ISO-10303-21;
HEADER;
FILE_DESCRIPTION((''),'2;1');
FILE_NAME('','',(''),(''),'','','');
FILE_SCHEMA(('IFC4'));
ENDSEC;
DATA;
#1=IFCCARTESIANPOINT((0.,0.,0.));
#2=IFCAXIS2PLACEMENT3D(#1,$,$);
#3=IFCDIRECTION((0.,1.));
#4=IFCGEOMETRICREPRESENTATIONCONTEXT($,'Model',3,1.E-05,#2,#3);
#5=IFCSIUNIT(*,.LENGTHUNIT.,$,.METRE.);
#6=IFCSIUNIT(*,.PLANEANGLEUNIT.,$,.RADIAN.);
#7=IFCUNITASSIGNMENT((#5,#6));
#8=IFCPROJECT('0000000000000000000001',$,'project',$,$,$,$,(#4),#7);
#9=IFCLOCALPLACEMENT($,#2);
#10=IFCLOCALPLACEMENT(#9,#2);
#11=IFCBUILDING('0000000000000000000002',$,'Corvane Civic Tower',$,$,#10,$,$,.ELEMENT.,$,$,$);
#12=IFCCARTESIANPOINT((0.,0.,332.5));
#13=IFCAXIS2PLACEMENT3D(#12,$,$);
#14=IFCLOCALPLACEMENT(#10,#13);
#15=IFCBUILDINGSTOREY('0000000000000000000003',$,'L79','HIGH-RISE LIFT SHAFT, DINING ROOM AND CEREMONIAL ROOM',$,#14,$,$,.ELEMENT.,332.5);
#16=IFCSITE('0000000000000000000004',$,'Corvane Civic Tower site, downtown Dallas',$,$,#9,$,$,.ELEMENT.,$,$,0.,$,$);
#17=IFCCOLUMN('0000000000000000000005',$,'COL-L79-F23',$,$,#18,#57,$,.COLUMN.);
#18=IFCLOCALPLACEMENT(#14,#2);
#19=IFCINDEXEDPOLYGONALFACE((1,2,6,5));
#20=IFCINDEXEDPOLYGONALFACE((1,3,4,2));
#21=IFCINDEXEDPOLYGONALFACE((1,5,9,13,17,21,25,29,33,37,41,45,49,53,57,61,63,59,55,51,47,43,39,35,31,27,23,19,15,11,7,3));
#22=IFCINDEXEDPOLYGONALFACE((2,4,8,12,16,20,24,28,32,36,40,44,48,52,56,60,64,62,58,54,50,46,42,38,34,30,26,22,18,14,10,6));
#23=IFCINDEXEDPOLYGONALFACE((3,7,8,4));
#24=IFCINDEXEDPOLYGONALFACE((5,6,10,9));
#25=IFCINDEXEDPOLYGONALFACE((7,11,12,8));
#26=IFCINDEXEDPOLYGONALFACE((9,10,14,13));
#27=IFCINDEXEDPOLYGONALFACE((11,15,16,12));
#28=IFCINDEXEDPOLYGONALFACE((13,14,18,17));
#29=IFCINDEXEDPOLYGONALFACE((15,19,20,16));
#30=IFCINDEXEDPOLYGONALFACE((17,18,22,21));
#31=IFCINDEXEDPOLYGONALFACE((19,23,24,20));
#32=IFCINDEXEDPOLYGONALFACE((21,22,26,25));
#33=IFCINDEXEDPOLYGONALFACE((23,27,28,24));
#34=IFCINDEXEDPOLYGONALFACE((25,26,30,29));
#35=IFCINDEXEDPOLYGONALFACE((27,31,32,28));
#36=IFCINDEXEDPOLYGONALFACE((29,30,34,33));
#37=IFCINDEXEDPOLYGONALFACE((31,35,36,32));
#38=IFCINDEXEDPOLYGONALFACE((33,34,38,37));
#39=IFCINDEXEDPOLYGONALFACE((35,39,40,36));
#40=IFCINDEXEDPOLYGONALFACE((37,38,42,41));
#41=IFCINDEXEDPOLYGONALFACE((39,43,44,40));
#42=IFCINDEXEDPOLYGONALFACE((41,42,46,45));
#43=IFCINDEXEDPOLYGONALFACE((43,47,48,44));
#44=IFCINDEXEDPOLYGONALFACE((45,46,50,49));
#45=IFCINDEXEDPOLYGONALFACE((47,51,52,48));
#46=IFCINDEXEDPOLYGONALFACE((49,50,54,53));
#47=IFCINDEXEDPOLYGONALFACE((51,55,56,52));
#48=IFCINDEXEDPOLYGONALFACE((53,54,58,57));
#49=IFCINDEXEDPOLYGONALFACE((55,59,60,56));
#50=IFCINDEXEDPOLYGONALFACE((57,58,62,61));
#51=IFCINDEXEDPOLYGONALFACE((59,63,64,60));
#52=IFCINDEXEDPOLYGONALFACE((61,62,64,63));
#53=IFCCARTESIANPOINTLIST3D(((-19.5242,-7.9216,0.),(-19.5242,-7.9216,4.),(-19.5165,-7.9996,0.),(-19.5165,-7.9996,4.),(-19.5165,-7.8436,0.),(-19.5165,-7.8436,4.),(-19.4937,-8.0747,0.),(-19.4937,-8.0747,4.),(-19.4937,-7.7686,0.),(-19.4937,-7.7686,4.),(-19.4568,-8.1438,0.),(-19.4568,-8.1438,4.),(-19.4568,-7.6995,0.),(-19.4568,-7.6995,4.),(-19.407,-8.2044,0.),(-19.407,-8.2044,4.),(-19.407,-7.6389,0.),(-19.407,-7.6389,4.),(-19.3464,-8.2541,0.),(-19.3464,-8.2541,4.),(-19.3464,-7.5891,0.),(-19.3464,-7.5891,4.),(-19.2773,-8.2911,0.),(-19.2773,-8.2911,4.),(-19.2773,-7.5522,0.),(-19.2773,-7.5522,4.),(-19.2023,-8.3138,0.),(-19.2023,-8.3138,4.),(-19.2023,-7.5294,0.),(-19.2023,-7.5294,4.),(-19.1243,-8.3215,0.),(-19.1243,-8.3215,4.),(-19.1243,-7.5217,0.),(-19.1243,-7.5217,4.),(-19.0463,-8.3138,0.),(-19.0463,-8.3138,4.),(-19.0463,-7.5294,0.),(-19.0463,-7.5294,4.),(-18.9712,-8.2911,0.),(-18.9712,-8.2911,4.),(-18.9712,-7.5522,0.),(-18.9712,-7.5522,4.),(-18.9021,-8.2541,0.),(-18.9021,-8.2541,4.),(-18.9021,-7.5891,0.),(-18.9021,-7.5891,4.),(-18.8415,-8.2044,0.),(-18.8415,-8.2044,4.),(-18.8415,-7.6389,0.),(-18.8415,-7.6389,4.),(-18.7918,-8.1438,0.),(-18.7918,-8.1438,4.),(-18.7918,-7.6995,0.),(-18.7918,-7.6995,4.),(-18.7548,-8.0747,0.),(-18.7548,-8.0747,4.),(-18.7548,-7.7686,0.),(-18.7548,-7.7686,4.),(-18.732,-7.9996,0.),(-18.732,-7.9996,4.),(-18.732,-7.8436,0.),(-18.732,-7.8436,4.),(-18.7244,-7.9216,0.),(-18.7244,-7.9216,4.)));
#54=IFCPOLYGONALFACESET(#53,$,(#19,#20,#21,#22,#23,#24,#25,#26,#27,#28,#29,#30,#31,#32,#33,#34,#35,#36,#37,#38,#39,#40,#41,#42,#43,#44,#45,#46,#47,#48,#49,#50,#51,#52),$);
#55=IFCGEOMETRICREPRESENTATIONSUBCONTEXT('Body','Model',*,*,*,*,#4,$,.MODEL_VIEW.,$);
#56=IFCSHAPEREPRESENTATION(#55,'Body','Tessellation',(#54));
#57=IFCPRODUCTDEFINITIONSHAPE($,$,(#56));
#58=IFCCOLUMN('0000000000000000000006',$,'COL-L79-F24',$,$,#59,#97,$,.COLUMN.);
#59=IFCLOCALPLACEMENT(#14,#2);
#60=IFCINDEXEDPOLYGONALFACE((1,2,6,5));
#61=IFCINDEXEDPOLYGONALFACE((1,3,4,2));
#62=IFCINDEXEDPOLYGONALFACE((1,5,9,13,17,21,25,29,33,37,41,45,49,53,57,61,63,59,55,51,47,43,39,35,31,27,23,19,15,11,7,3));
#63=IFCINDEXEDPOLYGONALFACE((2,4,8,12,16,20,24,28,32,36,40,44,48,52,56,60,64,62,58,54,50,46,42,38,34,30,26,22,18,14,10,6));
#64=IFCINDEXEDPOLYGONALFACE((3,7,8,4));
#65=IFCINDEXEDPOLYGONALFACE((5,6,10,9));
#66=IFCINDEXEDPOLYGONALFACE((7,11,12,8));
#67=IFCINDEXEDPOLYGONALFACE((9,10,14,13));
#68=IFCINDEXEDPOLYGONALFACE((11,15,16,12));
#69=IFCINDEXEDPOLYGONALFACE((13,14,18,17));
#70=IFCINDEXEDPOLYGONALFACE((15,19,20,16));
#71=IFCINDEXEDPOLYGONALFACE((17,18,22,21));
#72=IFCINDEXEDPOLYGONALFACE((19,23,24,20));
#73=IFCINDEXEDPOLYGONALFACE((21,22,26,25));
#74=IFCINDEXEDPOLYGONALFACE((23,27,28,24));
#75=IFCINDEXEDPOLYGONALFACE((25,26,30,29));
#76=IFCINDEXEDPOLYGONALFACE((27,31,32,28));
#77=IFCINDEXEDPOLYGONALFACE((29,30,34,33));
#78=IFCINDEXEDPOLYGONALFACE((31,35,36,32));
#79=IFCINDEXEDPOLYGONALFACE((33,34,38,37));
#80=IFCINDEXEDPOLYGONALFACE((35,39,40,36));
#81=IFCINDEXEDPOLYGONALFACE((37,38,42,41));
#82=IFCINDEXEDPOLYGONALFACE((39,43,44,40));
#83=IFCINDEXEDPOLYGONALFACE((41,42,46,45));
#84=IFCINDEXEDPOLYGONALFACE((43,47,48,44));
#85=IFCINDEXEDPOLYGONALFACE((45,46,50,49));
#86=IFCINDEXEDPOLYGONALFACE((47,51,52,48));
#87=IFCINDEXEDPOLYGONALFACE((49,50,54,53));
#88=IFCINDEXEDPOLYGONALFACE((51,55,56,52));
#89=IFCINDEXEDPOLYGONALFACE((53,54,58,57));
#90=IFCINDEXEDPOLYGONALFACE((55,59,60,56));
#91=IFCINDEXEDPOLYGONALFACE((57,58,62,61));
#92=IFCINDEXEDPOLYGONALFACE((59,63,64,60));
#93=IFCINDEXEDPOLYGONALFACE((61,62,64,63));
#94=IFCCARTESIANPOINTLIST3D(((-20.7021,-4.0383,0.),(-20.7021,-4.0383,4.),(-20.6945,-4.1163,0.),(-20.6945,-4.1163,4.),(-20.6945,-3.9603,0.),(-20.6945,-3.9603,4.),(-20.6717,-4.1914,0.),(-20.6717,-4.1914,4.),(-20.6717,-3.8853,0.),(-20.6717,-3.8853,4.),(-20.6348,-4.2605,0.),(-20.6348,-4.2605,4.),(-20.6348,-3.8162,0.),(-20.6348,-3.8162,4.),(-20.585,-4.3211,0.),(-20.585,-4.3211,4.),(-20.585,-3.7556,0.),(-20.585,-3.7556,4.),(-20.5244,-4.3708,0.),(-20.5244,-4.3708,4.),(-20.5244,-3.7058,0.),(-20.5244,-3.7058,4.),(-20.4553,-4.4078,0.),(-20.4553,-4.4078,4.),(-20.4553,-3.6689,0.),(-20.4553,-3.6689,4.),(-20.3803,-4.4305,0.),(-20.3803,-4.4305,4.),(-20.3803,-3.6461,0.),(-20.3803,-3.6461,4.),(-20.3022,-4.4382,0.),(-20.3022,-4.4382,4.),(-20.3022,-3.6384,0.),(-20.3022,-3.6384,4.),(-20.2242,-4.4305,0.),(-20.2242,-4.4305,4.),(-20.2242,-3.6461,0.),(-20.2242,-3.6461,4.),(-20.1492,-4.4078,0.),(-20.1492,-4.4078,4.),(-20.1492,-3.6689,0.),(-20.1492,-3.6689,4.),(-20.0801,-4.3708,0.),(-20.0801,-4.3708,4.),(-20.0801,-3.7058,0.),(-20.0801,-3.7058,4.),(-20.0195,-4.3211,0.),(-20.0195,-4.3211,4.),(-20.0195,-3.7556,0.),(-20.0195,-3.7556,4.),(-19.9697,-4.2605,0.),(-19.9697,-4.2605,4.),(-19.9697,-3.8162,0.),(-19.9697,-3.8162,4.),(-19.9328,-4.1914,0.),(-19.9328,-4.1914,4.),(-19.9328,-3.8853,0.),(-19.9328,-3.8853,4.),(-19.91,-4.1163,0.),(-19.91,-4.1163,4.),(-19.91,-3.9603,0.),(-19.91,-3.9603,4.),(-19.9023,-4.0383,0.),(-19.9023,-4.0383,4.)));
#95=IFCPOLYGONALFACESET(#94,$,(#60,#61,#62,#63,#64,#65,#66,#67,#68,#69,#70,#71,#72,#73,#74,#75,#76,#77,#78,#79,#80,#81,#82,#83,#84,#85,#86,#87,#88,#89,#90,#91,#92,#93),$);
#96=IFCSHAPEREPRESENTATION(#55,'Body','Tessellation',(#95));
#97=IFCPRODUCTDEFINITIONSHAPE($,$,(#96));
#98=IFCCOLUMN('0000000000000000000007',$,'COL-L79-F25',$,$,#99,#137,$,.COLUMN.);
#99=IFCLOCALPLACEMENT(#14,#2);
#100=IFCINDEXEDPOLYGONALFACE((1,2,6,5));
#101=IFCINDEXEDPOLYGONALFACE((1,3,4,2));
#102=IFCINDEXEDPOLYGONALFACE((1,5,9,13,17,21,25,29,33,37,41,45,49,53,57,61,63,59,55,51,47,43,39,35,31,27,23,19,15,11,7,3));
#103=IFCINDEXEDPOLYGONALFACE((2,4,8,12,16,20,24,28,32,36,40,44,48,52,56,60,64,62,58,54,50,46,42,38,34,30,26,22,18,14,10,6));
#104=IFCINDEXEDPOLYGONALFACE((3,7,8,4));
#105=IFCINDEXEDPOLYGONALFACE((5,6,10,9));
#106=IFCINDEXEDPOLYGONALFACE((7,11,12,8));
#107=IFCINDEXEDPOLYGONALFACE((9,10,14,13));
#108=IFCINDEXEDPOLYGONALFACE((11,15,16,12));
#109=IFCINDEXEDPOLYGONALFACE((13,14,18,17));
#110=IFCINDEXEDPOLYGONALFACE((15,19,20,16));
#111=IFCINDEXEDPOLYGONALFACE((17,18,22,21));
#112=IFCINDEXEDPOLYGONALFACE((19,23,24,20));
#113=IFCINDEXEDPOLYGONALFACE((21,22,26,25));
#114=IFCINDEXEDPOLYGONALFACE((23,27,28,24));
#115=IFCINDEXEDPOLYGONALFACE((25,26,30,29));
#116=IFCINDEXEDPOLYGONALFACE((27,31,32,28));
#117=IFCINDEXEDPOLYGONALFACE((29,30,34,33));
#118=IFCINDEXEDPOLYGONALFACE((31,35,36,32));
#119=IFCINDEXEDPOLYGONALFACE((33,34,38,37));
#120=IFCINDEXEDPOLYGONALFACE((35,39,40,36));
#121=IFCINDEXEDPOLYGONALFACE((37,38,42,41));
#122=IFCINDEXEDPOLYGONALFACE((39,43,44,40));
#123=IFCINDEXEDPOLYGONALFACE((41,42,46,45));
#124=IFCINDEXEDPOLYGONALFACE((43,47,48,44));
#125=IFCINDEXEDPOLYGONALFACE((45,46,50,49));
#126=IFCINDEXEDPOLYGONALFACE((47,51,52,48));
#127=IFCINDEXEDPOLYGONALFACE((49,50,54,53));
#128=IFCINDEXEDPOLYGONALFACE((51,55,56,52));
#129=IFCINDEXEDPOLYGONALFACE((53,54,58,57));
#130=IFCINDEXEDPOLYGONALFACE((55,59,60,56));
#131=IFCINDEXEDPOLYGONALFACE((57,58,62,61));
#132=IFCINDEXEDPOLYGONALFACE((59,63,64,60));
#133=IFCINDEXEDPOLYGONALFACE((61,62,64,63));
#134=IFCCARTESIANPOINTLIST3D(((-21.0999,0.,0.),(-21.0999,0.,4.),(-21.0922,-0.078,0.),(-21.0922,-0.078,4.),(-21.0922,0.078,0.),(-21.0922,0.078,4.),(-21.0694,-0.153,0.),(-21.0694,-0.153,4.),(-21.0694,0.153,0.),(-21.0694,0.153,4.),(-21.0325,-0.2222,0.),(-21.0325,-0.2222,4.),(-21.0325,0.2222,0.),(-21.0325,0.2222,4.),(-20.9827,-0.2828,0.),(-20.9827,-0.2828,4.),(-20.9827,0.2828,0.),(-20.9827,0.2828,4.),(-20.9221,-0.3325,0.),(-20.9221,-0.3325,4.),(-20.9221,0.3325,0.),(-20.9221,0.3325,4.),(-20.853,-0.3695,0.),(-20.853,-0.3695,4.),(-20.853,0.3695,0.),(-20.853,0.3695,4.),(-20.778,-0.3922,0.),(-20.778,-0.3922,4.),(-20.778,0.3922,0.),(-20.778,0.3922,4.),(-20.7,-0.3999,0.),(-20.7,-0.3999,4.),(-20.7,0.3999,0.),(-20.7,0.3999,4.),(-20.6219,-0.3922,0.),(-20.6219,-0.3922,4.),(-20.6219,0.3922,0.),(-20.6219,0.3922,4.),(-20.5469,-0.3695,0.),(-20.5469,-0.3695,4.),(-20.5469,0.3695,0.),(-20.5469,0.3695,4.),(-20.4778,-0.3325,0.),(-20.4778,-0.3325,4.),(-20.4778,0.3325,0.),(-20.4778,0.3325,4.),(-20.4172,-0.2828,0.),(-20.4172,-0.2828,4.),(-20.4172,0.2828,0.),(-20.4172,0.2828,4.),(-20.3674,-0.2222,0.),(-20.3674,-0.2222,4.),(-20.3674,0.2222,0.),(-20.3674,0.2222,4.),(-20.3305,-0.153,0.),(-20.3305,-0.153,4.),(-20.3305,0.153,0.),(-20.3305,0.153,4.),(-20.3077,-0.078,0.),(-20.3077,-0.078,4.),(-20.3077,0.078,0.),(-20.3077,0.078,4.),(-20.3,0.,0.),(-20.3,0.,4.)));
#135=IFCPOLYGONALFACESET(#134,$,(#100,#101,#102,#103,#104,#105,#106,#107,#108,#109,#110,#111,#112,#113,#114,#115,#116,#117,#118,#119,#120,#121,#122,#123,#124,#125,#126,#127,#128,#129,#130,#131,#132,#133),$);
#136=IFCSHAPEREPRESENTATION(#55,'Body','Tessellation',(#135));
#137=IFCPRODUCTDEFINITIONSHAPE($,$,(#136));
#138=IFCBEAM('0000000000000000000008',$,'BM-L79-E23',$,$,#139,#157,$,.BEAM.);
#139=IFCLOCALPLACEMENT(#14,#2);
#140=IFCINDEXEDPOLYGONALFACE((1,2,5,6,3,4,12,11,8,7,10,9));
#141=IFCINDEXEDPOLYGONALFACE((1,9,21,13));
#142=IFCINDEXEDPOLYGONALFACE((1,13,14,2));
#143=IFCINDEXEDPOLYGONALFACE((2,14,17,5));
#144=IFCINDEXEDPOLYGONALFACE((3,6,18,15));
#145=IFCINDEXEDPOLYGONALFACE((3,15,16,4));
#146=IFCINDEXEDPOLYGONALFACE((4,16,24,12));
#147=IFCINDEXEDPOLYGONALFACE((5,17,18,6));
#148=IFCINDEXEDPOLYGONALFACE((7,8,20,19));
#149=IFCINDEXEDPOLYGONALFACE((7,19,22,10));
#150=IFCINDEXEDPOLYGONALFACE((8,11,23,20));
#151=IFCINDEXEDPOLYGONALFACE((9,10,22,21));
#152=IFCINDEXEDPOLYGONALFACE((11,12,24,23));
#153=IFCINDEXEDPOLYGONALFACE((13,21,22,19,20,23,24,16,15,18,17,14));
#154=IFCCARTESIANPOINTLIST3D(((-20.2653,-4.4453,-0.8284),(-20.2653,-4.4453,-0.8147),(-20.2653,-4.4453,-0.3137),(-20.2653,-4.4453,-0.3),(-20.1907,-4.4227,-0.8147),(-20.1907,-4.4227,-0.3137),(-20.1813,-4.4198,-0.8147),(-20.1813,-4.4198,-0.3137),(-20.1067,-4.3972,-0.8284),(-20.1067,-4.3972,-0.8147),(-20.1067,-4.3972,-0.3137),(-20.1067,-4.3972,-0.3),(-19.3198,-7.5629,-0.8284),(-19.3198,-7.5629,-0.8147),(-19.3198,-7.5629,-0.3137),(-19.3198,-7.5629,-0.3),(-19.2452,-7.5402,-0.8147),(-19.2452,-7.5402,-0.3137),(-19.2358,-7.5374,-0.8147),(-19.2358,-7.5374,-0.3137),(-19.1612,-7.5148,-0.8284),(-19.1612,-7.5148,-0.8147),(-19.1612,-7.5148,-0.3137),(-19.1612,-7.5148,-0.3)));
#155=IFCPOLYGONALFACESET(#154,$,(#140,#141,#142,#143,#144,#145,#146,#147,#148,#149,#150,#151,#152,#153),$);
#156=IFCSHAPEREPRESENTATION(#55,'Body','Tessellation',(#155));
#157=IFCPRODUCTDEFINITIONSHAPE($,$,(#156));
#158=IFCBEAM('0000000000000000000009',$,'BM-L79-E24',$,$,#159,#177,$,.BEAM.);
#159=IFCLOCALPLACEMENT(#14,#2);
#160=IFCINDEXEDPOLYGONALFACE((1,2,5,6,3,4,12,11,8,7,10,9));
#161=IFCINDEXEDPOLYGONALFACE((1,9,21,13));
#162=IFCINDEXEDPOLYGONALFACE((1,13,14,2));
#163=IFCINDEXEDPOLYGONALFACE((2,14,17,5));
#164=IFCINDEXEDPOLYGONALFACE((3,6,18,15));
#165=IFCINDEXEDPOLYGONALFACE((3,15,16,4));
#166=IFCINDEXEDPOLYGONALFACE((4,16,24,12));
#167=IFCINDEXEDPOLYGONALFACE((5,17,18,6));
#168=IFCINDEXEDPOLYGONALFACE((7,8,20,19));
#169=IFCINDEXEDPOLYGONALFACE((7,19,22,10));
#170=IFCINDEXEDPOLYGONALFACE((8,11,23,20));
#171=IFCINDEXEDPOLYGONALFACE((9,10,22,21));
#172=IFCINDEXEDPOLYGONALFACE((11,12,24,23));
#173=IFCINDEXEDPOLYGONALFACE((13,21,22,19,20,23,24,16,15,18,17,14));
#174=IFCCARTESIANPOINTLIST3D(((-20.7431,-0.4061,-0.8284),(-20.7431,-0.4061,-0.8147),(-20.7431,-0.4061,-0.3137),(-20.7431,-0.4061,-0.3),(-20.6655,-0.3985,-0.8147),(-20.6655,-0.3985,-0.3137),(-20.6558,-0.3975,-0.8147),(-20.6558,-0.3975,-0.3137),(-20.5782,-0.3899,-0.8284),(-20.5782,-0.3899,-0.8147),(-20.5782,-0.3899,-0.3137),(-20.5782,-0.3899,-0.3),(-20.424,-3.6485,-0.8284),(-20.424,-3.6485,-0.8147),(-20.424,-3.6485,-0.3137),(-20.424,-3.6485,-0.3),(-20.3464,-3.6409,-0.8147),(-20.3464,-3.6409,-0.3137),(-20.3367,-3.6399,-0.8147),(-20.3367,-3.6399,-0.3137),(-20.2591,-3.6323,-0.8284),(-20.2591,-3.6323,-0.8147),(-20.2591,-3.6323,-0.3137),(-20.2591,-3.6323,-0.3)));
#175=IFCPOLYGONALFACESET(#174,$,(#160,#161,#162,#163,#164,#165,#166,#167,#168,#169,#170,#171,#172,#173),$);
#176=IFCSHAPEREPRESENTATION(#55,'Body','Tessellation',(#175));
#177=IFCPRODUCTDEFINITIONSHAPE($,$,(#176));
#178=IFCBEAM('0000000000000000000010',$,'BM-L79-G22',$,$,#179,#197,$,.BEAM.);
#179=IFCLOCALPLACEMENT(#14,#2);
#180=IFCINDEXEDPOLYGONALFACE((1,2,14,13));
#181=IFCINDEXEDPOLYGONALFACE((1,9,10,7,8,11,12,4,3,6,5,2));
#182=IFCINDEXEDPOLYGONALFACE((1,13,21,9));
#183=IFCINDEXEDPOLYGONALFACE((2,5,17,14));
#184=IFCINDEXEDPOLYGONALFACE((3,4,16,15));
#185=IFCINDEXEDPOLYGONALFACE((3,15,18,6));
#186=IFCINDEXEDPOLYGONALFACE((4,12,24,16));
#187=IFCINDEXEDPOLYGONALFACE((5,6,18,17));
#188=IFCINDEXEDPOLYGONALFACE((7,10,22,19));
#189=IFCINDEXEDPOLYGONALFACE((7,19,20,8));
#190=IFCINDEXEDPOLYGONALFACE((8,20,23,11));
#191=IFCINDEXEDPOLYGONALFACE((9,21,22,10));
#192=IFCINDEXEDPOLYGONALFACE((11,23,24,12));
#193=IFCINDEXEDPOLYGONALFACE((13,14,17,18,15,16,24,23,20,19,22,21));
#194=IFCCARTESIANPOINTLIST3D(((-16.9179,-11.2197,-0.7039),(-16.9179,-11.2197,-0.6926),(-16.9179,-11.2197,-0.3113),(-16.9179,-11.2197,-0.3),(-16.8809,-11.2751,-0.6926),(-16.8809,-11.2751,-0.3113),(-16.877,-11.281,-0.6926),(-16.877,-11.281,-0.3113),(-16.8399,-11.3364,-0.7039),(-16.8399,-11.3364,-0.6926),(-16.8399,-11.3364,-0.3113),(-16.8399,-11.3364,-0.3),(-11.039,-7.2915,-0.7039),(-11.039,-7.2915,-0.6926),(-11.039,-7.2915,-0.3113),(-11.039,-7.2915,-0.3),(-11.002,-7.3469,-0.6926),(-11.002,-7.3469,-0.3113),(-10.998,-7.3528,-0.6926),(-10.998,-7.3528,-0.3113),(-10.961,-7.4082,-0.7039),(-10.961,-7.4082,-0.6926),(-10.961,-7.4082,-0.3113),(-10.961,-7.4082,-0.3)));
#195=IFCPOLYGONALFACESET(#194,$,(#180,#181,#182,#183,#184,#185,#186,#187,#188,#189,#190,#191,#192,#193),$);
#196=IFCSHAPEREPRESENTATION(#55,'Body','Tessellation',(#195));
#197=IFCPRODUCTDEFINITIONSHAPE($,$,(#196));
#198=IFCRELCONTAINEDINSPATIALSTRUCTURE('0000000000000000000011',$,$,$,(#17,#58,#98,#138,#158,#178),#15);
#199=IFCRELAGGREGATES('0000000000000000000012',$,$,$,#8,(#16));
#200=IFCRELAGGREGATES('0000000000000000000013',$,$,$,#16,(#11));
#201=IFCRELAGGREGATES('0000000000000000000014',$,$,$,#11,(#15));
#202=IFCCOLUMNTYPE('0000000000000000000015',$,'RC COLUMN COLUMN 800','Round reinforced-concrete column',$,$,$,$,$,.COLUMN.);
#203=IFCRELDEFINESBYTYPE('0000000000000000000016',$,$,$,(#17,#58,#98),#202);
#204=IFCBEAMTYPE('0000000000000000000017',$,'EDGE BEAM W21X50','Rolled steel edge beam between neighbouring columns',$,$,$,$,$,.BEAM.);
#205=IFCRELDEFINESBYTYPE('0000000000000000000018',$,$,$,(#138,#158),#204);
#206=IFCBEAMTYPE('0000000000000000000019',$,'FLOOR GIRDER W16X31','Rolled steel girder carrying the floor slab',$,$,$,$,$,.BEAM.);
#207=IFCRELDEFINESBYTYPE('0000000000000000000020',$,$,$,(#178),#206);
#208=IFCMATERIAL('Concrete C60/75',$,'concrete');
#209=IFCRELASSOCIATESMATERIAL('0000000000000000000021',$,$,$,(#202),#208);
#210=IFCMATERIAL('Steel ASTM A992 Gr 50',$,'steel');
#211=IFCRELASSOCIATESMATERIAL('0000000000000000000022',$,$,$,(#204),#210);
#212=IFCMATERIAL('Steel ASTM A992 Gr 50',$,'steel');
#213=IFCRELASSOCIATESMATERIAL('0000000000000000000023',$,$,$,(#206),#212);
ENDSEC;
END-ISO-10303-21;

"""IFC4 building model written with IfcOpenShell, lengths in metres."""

from ifc_helpers import new_model, si_unit, direction, frame, origin, origin_2d, place, context, subcontext, project, spatial, circle, i_section, extrude, material, material_profile, profile_set, type_object, element, save


model = new_model("IFC4")

# Units and contexts
model_context = context("Model", 3, precision=1e-05, world=origin(), true_north=direction((0.0, 1.0)))
body_context = subcontext(model_context, "Body", "Model", "MODEL_VIEW")
ifc_project = project(units=[si_unit("LENGTHUNIT", "METRE"), si_unit("PLANEANGLEUNIT", "RADIAN")], contexts=[model_context])

# Site, building, storey
site_placement = place(None, origin())
site = spatial("IfcSite", under=ifc_project, at=site_placement, Name="Corvane Civic Tower site, downtown Dallas", CompositionType="ELEMENT", RefElevation=0.0)
building_placement = place(site_placement, origin())
building = spatial("IfcBuilding", under=site, at=building_placement, Name="Corvane Civic Tower", CompositionType="ELEMENT")
storey_placement = place(building_placement, frame((0.0, 0.0, 332.5)))
storey = spatial("IfcBuildingStorey", under=building, at=storey_placement, Name="L79", Description="HIGH-RISE LIFT SHAFT, DINING ROOM AND CEREMONIAL ROOM", CompositionType="ELEMENT", Elevation=332.5)

# Columns
ifc_material_1 = material(Name="Concrete C60/75", Category="concrete")
ifc_material_profile_1 = material_profile(ifc_material_1, circle(Radius=0.3999, at=origin_2d()), Name="COLUMN 800")
ifc_profile_set_1 = profile_set([ifc_material_profile_1], Name="Concrete C60/75")
column_type = type_object("IfcColumnType", Name="RC COLUMN COLUMN 800", Description="Round reinforced-concrete column", PredefinedType="COLUMN", material=ifc_profile_set_1)
for number, where, z_axis, x_axis, name in (
    (1, (-19.1243, -7.9216, 0.0), (0.0, 0.0, 1.0), (1.0, 0.0, 0.0), "COL-L79-F23"),
    (2, (-20.3022, -4.0383, 0.0), (0.0, 0.0, 1.0), (1.0, 0.0, 0.0), "COL-L79-F24"),
    (3, (-20.7, 0.0, 0.0), (0.0, 0.0, 1.0), (1.0, 0.0, 0.0), "COL-L79-F25"),
):
    element("IfcColumn", number, at=place(storey_placement, frame(where, z_axis=z_axis, x_axis=x_axis)), inside=storey, type_object=column_type, Name=name, PredefinedType="COLUMN", context=body_context, shape_type="SweptSolid", body=[
        extrude(circle(Radius=0.3999, at=origin_2d()), origin(), (0.0, 0.0, 1.0), 4.0),
    ])

# Beams
ifc_material_2 = material(Name="Steel ASTM A992 Gr 50", Category="steel")
ifc_material_profile_2 = material_profile(ifc_material_2, i_section(OverallWidth=0.1658, OverallDepth=0.5283, WebThickness=0.0098, FlangeThickness=0.0137, at=origin_2d()), Name="W21X50")
ifc_profile_set_2 = profile_set([ifc_material_profile_2], Name="Steel ASTM A992 Gr 50")
beam_type_1 = type_object("IfcBeamType", Name="EDGE BEAM W21X50", Description="Rolled steel edge beam between neighbouring columns", PredefinedType="BEAM", material=ifc_profile_set_2)
beam_1_placement = place(storey_placement, frame((-19.2405, -7.5388, -0.5642), z_axis=(-0.290234, 0.956956, 0.0), x_axis=(-0.956956, -0.290234, 0.0)))
element("IfcBeam", 4, at=beam_1_placement, inside=storey, type_object=beam_type_1, Name="BM-L79-E23", PredefinedType="BEAM", context=body_context, shape_type="SweptSolid", body=[
    extrude(i_section(OverallWidth=0.1658, OverallDepth=0.5283, WebThickness=0.0098, FlangeThickness=0.0137, at=origin_2d()), origin(), (0.0, 0.0, 1.0), 3.2578),
])
beam_2_placement = place(storey_placement, frame((-20.3416, -3.6404, -0.5642), z_axis=(-0.097938, 0.995193, 0.0), x_axis=(-0.995193, -0.097938, 0.0)))
element("IfcBeam", 5, at=beam_2_placement, inside=storey, type_object=beam_type_1, Name="BM-L79-E24", PredefinedType="BEAM", context=body_context, shape_type="SweptSolid", body=[
    extrude(i_section(OverallWidth=0.1658, OverallDepth=0.5283, WebThickness=0.0098, FlangeThickness=0.0137, at=origin_2d()), origin(), (0.0, 0.0, 1.0), 3.2581),
])
ifc_material_3 = material(Name="Steel ASTM A992 Gr 50", Category="steel")
ifc_material_profile_3 = material_profile(ifc_material_3, i_section(OverallWidth=0.1404, OverallDepth=0.4038, WebThickness=0.0071, FlangeThickness=0.0112, at=origin_2d()), Name="W16X31")
ifc_profile_set_3 = profile_set([ifc_material_profile_3], Name="Steel ASTM A992 Gr 50")
beam_type_2 = type_object("IfcBeamType", Name="FLOOR GIRDER W16X31", Description="Rolled steel girder carrying the floor slab", PredefinedType="BEAM", material=ifc_profile_set_3)
beam_3_placement = place(storey_placement, frame((-11.0, -7.3499, -0.502), z_axis=(-0.831465, -0.555576, 0.0), x_axis=(0.555576, -0.831465, 0.0)))
element("IfcBeam", 6, at=beam_3_placement, inside=storey, type_object=beam_type_2, Name="BM-L79-G22", PredefinedType="BEAM", context=body_context, shape_type="SweptSolid", body=[
    extrude(i_section(OverallWidth=0.1404, OverallDepth=0.4038, WebThickness=0.0071, FlangeThickness=0.0112, at=origin_2d()), origin(), (0.0, 0.0, 1.0), 7.0706),
])

save(model, "model.ifc")
